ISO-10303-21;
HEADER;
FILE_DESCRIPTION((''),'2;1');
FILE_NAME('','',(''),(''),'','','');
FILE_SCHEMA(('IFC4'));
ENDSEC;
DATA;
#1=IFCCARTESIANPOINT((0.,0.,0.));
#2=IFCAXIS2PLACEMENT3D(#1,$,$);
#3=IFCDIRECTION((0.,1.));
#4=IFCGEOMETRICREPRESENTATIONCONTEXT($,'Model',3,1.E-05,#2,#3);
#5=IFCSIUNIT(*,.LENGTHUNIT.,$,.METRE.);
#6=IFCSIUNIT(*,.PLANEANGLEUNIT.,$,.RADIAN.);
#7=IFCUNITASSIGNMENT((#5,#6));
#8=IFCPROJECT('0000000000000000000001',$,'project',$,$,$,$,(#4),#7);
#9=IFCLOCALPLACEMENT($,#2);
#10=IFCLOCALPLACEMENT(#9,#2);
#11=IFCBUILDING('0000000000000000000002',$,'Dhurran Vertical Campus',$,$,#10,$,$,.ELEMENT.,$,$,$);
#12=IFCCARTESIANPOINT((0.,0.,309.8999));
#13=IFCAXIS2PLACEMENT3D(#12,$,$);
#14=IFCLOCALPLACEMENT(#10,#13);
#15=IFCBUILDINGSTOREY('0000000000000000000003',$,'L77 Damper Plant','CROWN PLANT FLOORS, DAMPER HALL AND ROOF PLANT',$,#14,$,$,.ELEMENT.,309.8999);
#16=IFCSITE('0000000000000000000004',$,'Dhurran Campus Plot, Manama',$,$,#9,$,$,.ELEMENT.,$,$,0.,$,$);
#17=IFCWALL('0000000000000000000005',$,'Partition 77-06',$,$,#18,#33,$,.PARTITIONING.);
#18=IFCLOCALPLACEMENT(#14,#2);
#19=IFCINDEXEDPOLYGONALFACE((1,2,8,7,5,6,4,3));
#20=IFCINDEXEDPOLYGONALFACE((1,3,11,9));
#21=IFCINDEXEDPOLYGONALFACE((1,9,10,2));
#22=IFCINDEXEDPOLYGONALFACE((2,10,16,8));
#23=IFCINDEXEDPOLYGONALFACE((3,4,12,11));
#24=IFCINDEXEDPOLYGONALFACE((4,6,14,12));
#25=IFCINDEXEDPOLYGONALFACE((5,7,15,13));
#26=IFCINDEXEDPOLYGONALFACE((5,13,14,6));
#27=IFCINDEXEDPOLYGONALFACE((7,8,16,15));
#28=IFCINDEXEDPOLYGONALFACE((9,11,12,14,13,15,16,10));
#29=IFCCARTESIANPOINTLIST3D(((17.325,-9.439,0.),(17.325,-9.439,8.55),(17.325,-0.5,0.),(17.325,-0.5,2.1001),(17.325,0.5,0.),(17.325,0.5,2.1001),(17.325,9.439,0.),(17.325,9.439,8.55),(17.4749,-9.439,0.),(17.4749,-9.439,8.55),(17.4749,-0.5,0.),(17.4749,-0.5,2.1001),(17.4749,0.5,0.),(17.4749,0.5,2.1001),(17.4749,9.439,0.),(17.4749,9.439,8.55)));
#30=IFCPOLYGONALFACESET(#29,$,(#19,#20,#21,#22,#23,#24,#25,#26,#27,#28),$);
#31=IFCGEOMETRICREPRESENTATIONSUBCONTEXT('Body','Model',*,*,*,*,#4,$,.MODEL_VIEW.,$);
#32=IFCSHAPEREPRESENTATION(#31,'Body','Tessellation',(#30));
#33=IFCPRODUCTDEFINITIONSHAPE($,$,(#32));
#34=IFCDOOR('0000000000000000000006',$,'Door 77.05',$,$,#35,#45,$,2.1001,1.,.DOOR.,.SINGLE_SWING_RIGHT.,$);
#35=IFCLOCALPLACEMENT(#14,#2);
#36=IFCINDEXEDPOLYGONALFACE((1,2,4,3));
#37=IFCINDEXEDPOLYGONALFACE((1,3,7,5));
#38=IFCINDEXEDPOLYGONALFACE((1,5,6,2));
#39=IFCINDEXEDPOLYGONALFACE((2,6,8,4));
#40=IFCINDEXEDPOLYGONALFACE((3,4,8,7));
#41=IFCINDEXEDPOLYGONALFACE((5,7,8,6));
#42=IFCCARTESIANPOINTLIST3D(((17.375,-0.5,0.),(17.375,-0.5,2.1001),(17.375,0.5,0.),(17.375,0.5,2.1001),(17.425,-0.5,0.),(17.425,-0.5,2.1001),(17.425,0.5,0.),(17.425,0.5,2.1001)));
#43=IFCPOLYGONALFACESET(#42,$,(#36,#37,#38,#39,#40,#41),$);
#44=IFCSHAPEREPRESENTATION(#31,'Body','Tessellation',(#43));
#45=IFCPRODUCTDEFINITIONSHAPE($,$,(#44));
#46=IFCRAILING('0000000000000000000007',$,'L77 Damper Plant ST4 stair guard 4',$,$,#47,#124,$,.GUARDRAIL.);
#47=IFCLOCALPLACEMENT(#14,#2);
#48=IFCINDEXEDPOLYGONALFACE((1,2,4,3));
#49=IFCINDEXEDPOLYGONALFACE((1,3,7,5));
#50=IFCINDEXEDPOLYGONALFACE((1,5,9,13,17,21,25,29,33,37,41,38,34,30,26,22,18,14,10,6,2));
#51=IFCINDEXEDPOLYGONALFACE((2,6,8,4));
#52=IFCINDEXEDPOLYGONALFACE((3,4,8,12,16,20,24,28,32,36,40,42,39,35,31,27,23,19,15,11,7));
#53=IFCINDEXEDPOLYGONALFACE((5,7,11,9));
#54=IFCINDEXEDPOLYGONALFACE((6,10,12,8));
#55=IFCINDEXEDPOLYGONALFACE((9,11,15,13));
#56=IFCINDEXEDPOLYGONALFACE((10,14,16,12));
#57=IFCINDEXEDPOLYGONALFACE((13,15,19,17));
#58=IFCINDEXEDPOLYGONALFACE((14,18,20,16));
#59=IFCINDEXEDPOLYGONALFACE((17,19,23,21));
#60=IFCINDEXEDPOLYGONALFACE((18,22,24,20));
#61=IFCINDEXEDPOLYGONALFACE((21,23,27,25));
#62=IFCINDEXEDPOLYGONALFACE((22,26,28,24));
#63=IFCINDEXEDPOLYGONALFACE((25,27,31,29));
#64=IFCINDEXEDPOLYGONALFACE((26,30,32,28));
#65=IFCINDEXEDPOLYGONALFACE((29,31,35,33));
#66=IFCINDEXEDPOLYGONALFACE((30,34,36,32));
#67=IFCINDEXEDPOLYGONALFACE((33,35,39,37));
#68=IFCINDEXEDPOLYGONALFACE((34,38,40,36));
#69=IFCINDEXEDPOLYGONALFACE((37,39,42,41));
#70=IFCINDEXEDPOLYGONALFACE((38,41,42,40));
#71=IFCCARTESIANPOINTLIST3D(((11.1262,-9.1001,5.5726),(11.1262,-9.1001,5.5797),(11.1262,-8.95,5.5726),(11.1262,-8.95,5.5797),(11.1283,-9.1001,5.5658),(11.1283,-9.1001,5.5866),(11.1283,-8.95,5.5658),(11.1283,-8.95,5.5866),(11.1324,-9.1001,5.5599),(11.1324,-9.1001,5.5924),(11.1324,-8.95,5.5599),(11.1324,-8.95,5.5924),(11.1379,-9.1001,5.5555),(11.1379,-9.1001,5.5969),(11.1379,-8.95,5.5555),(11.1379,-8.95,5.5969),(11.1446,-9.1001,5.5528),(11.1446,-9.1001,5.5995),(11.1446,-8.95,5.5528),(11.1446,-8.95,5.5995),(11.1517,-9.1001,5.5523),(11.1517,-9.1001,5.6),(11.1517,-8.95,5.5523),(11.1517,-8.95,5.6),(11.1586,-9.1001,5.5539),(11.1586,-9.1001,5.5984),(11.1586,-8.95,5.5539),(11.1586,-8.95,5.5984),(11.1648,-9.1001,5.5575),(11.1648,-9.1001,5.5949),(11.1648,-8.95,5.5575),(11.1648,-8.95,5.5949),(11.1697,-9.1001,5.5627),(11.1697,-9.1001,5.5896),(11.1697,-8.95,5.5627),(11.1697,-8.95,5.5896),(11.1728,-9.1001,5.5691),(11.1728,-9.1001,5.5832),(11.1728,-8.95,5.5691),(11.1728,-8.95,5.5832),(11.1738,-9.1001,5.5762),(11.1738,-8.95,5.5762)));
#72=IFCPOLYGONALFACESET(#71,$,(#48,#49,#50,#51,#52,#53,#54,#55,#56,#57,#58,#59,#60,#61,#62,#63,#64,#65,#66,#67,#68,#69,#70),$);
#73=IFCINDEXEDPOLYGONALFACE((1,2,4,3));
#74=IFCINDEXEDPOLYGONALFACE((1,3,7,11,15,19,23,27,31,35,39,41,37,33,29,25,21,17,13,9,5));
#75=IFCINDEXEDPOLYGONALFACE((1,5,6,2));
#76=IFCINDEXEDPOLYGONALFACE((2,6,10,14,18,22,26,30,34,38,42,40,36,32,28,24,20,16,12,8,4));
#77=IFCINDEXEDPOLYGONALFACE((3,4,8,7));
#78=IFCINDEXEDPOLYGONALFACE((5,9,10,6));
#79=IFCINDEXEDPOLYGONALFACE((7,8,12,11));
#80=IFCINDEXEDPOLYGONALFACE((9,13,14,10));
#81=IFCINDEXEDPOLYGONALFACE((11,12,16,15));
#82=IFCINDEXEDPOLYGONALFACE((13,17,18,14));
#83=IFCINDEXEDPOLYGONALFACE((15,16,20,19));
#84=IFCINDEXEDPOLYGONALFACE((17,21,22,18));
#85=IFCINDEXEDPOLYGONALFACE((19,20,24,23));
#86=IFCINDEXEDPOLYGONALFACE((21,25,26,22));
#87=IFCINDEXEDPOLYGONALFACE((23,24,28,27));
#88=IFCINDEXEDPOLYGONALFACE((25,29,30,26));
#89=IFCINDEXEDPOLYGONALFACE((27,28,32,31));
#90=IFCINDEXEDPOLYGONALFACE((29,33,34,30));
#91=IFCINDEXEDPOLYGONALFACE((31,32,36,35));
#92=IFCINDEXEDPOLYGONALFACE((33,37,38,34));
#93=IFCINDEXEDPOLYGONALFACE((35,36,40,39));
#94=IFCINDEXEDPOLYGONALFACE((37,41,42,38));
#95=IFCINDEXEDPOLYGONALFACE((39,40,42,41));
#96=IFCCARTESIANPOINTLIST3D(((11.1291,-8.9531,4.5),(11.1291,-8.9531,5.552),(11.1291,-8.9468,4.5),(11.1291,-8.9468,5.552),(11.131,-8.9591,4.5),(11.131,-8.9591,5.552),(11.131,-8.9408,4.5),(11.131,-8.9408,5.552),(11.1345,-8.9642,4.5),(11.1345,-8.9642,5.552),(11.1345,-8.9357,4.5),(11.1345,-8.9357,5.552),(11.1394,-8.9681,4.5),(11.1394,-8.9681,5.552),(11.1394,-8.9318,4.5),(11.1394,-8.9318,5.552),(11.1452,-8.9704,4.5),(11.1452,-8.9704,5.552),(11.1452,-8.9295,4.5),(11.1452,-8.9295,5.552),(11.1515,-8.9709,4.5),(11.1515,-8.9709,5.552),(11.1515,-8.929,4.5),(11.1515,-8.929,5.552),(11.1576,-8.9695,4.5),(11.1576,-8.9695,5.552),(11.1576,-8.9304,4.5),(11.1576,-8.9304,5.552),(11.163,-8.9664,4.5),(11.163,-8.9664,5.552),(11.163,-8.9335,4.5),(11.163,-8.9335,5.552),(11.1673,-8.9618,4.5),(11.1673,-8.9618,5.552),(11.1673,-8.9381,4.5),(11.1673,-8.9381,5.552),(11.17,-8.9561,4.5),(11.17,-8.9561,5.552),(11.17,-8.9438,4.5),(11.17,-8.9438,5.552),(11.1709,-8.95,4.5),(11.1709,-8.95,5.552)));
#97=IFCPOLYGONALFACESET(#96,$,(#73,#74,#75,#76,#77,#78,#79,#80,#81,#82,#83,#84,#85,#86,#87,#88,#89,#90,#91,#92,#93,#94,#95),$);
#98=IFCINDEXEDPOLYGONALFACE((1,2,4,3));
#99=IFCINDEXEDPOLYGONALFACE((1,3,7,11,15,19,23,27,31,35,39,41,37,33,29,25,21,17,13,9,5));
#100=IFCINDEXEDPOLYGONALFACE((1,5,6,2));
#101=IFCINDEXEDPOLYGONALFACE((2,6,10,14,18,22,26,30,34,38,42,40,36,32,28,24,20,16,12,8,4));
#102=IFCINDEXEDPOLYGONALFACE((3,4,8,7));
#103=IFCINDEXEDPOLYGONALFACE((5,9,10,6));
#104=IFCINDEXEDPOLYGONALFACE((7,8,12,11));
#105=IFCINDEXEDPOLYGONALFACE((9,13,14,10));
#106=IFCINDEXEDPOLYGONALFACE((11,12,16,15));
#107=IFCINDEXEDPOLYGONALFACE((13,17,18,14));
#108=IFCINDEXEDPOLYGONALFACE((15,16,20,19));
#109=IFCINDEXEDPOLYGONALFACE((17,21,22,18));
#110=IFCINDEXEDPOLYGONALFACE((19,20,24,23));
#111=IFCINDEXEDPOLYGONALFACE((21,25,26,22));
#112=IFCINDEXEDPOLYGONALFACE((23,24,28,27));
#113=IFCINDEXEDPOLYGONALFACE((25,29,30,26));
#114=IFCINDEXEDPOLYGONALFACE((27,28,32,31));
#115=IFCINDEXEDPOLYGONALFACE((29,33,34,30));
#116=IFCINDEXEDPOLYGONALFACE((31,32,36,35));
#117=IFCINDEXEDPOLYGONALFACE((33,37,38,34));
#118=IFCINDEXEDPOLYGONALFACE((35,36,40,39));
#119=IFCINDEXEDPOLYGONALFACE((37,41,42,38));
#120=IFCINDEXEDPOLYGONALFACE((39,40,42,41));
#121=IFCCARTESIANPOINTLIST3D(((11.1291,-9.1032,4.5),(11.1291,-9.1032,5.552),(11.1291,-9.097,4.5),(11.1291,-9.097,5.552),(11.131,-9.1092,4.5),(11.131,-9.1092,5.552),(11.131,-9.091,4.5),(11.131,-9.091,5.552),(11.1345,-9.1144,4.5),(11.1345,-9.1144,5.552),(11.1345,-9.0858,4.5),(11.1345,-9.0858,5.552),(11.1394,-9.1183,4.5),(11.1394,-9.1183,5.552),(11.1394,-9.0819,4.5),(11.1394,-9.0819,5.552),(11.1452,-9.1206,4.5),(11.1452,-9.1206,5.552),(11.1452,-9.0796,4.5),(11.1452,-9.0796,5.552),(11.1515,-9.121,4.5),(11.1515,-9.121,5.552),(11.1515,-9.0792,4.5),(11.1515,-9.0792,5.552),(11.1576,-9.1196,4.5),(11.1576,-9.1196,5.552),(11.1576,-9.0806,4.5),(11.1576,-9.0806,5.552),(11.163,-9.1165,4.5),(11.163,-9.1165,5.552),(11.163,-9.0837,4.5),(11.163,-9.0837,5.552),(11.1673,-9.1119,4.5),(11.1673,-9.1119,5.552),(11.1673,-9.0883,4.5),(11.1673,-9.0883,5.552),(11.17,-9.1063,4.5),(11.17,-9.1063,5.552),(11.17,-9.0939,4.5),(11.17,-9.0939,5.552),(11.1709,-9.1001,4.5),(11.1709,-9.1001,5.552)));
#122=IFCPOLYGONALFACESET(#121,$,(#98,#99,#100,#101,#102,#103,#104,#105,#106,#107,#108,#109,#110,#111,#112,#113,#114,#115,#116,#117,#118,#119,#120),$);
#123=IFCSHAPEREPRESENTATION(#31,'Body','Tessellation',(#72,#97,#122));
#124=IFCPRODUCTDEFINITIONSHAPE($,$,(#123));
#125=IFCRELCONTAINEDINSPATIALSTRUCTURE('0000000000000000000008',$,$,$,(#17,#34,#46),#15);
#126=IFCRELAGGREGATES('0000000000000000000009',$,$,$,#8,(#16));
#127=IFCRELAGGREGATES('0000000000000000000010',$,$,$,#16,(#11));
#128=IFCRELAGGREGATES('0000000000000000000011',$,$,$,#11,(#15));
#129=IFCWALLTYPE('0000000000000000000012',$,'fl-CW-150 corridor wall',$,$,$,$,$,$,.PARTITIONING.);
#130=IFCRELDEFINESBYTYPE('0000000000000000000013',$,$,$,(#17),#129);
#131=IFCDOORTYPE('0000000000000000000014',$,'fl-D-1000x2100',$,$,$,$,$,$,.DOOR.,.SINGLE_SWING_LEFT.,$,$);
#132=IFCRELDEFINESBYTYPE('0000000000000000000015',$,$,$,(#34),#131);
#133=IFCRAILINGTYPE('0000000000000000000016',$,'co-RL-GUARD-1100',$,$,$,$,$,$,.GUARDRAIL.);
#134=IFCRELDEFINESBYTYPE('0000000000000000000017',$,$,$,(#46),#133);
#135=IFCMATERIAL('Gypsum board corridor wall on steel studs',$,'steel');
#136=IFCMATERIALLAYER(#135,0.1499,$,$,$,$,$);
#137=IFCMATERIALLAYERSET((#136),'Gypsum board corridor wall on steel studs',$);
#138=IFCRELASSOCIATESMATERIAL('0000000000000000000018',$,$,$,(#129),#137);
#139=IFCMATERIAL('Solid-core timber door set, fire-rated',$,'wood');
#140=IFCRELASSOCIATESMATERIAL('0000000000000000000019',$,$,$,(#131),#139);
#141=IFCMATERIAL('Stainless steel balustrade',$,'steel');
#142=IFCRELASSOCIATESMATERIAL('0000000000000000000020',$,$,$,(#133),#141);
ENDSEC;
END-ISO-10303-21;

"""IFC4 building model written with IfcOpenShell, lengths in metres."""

from ifc_helpers import new_model, si_unit, direction, frame, frame_2d, origin, origin_2d, place, context, subcontext, project, spatial, rectangle, circle, extrude, material, layer, layer_set, type_object, element, fill, save


model = new_model("IFC4")

# Units and contexts
model_context = context("Model", 3, precision=1e-05, world=origin(), true_north=direction((0.0, 1.0)))
body_context = subcontext(model_context, "Body", "Model", "MODEL_VIEW")
ifc_project = project(units=[si_unit("LENGTHUNIT", "METRE"), si_unit("PLANEANGLEUNIT", "RADIAN")], contexts=[model_context])

# Site, building, storey
site_placement = place(None, origin())
site = spatial("IfcSite", under=ifc_project, at=site_placement, Name="Dhurran Campus Plot, Manama", CompositionType="ELEMENT", RefElevation=0.0)
building_placement = place(site_placement, origin())
building = spatial("IfcBuilding", under=site, at=building_placement, Name="Dhurran Vertical Campus", CompositionType="ELEMENT")
storey_placement = place(building_placement, frame((0.0, 0.0, 309.8999)))
storey = spatial("IfcBuildingStorey", under=building, at=storey_placement, Name="L77 Damper Plant", Description="CROWN PLANT FLOORS, DAMPER HALL AND ROOF PLANT", CompositionType="ELEMENT", Elevation=309.8999)

# Wall, opening, door
ifc_material_1 = material(Name="Gypsum board corridor wall on steel studs", Category="steel")
ifc_layer_1 = layer(ifc_material_1, 0.1499)
ifc_layer_set_1 = layer_set([ifc_layer_1], Name="Gypsum board corridor wall on steel studs")
wall_type_1 = type_object("IfcWallType", Name="fl-CW-150 corridor wall", PredefinedType="PARTITIONING", material=ifc_layer_set_1)
wall_1_placement = place(storey_placement, frame((17.3999, -9.439, 0.0), z_axis=(0.0, 0.0, 1.0), x_axis=(0.0, 1.0, 0.0)))
wall_1 = element("IfcWall", 1, at=wall_1_placement, inside=storey, type_object=wall_type_1, Name="Partition 77-06", PredefinedType="PARTITIONING", context=body_context, shape_type="SweptSolid", body=[
    extrude(rectangle(XDim=18.8779, YDim=0.1499, at=frame_2d((9.439, 0.0))), origin(), (0.0, 0.0, 1.0), 8.55),
])
opening_1_placement = place(wall_1_placement, frame((8.939, 0.0, 0.0)))
opening_1 = element("IfcOpeningElement", 2, at=opening_1_placement, cuts=wall_1, PredefinedType="OPENING", context=body_context, shape_type="SweptSolid", body=[
    extrude(rectangle(XDim=1.0, YDim=2.1001, at=frame_2d((0.5, 1.05))), frame((0.0, 0.085, 0.0), z_axis=(0.0, -1.0, 0.0), x_axis=(1.0, 0.0, 0.0)), (0.0, 0.0, 1.0), 0.1699),
])
ifc_material_2 = material(Name="Solid-core timber door set, fire-rated", Category="wood")
door_type_1 = type_object("IfcDoorType", Name="fl-D-1000x2100", OperationType="SINGLE_SWING_LEFT", PredefinedType="DOOR", material=ifc_material_2)
door_1_placement = place(opening_1_placement, origin())
door_1 = element("IfcDoor", 3, at=door_1_placement, inside=storey, type_object=door_type_1, Name="Door 77.05", OperationType="SINGLE_SWING_RIGHT", OverallHeight=2.1001, OverallWidth=1.0, PredefinedType="DOOR", context=body_context, shape_type="SweptSolid", body=[
    extrude(rectangle(XDim=1.0, YDim=2.1001, at=frame_2d((0.5, 1.05))), frame((0.0, 0.0249, 0.0), z_axis=(0.0, -1.0, 0.0), x_axis=(1.0, 0.0, 0.0)), (0.0, 0.0, 1.0), 0.05),
])
fill(opening_1, door_1)

# Railing
ifc_material_3 = material(Name="Stainless steel balustrade", Category="steel")
railing_type = type_object("IfcRailingType", Name="co-RL-GUARD-1100", PredefinedType="GUARDRAIL", material=ifc_material_3)
railing_placement = place(storey_placement, frame((11.1499, -8.95, 4.5)))
element("IfcRailing", 4, at=railing_placement, inside=storey, type_object=railing_type, Name="L77 Damper Plant ST4 stair guard 4", PredefinedType="GUARDRAIL", context=body_context, shape_type="SweptSolid", body=[
    extrude(circle(Radius=0.0239, at=origin_2d()), frame((0.0, 0.0, 1.0762), z_axis=(0.0, -1.0, 0.0), x_axis=(1.0, 0.0, 0.0)), (0.0, 0.0, 1.0), 0.1501),
    extrude(circle(Radius=0.021, at=origin_2d()), origin(), (0.0, 0.0, 1.0), 1.052),
    extrude(circle(Radius=0.021, at=origin_2d()), frame((0.0, -0.1501, 0.0)), (0.0, 0.0, 1.0), 1.052),
])

save(model, "model.ifc")
